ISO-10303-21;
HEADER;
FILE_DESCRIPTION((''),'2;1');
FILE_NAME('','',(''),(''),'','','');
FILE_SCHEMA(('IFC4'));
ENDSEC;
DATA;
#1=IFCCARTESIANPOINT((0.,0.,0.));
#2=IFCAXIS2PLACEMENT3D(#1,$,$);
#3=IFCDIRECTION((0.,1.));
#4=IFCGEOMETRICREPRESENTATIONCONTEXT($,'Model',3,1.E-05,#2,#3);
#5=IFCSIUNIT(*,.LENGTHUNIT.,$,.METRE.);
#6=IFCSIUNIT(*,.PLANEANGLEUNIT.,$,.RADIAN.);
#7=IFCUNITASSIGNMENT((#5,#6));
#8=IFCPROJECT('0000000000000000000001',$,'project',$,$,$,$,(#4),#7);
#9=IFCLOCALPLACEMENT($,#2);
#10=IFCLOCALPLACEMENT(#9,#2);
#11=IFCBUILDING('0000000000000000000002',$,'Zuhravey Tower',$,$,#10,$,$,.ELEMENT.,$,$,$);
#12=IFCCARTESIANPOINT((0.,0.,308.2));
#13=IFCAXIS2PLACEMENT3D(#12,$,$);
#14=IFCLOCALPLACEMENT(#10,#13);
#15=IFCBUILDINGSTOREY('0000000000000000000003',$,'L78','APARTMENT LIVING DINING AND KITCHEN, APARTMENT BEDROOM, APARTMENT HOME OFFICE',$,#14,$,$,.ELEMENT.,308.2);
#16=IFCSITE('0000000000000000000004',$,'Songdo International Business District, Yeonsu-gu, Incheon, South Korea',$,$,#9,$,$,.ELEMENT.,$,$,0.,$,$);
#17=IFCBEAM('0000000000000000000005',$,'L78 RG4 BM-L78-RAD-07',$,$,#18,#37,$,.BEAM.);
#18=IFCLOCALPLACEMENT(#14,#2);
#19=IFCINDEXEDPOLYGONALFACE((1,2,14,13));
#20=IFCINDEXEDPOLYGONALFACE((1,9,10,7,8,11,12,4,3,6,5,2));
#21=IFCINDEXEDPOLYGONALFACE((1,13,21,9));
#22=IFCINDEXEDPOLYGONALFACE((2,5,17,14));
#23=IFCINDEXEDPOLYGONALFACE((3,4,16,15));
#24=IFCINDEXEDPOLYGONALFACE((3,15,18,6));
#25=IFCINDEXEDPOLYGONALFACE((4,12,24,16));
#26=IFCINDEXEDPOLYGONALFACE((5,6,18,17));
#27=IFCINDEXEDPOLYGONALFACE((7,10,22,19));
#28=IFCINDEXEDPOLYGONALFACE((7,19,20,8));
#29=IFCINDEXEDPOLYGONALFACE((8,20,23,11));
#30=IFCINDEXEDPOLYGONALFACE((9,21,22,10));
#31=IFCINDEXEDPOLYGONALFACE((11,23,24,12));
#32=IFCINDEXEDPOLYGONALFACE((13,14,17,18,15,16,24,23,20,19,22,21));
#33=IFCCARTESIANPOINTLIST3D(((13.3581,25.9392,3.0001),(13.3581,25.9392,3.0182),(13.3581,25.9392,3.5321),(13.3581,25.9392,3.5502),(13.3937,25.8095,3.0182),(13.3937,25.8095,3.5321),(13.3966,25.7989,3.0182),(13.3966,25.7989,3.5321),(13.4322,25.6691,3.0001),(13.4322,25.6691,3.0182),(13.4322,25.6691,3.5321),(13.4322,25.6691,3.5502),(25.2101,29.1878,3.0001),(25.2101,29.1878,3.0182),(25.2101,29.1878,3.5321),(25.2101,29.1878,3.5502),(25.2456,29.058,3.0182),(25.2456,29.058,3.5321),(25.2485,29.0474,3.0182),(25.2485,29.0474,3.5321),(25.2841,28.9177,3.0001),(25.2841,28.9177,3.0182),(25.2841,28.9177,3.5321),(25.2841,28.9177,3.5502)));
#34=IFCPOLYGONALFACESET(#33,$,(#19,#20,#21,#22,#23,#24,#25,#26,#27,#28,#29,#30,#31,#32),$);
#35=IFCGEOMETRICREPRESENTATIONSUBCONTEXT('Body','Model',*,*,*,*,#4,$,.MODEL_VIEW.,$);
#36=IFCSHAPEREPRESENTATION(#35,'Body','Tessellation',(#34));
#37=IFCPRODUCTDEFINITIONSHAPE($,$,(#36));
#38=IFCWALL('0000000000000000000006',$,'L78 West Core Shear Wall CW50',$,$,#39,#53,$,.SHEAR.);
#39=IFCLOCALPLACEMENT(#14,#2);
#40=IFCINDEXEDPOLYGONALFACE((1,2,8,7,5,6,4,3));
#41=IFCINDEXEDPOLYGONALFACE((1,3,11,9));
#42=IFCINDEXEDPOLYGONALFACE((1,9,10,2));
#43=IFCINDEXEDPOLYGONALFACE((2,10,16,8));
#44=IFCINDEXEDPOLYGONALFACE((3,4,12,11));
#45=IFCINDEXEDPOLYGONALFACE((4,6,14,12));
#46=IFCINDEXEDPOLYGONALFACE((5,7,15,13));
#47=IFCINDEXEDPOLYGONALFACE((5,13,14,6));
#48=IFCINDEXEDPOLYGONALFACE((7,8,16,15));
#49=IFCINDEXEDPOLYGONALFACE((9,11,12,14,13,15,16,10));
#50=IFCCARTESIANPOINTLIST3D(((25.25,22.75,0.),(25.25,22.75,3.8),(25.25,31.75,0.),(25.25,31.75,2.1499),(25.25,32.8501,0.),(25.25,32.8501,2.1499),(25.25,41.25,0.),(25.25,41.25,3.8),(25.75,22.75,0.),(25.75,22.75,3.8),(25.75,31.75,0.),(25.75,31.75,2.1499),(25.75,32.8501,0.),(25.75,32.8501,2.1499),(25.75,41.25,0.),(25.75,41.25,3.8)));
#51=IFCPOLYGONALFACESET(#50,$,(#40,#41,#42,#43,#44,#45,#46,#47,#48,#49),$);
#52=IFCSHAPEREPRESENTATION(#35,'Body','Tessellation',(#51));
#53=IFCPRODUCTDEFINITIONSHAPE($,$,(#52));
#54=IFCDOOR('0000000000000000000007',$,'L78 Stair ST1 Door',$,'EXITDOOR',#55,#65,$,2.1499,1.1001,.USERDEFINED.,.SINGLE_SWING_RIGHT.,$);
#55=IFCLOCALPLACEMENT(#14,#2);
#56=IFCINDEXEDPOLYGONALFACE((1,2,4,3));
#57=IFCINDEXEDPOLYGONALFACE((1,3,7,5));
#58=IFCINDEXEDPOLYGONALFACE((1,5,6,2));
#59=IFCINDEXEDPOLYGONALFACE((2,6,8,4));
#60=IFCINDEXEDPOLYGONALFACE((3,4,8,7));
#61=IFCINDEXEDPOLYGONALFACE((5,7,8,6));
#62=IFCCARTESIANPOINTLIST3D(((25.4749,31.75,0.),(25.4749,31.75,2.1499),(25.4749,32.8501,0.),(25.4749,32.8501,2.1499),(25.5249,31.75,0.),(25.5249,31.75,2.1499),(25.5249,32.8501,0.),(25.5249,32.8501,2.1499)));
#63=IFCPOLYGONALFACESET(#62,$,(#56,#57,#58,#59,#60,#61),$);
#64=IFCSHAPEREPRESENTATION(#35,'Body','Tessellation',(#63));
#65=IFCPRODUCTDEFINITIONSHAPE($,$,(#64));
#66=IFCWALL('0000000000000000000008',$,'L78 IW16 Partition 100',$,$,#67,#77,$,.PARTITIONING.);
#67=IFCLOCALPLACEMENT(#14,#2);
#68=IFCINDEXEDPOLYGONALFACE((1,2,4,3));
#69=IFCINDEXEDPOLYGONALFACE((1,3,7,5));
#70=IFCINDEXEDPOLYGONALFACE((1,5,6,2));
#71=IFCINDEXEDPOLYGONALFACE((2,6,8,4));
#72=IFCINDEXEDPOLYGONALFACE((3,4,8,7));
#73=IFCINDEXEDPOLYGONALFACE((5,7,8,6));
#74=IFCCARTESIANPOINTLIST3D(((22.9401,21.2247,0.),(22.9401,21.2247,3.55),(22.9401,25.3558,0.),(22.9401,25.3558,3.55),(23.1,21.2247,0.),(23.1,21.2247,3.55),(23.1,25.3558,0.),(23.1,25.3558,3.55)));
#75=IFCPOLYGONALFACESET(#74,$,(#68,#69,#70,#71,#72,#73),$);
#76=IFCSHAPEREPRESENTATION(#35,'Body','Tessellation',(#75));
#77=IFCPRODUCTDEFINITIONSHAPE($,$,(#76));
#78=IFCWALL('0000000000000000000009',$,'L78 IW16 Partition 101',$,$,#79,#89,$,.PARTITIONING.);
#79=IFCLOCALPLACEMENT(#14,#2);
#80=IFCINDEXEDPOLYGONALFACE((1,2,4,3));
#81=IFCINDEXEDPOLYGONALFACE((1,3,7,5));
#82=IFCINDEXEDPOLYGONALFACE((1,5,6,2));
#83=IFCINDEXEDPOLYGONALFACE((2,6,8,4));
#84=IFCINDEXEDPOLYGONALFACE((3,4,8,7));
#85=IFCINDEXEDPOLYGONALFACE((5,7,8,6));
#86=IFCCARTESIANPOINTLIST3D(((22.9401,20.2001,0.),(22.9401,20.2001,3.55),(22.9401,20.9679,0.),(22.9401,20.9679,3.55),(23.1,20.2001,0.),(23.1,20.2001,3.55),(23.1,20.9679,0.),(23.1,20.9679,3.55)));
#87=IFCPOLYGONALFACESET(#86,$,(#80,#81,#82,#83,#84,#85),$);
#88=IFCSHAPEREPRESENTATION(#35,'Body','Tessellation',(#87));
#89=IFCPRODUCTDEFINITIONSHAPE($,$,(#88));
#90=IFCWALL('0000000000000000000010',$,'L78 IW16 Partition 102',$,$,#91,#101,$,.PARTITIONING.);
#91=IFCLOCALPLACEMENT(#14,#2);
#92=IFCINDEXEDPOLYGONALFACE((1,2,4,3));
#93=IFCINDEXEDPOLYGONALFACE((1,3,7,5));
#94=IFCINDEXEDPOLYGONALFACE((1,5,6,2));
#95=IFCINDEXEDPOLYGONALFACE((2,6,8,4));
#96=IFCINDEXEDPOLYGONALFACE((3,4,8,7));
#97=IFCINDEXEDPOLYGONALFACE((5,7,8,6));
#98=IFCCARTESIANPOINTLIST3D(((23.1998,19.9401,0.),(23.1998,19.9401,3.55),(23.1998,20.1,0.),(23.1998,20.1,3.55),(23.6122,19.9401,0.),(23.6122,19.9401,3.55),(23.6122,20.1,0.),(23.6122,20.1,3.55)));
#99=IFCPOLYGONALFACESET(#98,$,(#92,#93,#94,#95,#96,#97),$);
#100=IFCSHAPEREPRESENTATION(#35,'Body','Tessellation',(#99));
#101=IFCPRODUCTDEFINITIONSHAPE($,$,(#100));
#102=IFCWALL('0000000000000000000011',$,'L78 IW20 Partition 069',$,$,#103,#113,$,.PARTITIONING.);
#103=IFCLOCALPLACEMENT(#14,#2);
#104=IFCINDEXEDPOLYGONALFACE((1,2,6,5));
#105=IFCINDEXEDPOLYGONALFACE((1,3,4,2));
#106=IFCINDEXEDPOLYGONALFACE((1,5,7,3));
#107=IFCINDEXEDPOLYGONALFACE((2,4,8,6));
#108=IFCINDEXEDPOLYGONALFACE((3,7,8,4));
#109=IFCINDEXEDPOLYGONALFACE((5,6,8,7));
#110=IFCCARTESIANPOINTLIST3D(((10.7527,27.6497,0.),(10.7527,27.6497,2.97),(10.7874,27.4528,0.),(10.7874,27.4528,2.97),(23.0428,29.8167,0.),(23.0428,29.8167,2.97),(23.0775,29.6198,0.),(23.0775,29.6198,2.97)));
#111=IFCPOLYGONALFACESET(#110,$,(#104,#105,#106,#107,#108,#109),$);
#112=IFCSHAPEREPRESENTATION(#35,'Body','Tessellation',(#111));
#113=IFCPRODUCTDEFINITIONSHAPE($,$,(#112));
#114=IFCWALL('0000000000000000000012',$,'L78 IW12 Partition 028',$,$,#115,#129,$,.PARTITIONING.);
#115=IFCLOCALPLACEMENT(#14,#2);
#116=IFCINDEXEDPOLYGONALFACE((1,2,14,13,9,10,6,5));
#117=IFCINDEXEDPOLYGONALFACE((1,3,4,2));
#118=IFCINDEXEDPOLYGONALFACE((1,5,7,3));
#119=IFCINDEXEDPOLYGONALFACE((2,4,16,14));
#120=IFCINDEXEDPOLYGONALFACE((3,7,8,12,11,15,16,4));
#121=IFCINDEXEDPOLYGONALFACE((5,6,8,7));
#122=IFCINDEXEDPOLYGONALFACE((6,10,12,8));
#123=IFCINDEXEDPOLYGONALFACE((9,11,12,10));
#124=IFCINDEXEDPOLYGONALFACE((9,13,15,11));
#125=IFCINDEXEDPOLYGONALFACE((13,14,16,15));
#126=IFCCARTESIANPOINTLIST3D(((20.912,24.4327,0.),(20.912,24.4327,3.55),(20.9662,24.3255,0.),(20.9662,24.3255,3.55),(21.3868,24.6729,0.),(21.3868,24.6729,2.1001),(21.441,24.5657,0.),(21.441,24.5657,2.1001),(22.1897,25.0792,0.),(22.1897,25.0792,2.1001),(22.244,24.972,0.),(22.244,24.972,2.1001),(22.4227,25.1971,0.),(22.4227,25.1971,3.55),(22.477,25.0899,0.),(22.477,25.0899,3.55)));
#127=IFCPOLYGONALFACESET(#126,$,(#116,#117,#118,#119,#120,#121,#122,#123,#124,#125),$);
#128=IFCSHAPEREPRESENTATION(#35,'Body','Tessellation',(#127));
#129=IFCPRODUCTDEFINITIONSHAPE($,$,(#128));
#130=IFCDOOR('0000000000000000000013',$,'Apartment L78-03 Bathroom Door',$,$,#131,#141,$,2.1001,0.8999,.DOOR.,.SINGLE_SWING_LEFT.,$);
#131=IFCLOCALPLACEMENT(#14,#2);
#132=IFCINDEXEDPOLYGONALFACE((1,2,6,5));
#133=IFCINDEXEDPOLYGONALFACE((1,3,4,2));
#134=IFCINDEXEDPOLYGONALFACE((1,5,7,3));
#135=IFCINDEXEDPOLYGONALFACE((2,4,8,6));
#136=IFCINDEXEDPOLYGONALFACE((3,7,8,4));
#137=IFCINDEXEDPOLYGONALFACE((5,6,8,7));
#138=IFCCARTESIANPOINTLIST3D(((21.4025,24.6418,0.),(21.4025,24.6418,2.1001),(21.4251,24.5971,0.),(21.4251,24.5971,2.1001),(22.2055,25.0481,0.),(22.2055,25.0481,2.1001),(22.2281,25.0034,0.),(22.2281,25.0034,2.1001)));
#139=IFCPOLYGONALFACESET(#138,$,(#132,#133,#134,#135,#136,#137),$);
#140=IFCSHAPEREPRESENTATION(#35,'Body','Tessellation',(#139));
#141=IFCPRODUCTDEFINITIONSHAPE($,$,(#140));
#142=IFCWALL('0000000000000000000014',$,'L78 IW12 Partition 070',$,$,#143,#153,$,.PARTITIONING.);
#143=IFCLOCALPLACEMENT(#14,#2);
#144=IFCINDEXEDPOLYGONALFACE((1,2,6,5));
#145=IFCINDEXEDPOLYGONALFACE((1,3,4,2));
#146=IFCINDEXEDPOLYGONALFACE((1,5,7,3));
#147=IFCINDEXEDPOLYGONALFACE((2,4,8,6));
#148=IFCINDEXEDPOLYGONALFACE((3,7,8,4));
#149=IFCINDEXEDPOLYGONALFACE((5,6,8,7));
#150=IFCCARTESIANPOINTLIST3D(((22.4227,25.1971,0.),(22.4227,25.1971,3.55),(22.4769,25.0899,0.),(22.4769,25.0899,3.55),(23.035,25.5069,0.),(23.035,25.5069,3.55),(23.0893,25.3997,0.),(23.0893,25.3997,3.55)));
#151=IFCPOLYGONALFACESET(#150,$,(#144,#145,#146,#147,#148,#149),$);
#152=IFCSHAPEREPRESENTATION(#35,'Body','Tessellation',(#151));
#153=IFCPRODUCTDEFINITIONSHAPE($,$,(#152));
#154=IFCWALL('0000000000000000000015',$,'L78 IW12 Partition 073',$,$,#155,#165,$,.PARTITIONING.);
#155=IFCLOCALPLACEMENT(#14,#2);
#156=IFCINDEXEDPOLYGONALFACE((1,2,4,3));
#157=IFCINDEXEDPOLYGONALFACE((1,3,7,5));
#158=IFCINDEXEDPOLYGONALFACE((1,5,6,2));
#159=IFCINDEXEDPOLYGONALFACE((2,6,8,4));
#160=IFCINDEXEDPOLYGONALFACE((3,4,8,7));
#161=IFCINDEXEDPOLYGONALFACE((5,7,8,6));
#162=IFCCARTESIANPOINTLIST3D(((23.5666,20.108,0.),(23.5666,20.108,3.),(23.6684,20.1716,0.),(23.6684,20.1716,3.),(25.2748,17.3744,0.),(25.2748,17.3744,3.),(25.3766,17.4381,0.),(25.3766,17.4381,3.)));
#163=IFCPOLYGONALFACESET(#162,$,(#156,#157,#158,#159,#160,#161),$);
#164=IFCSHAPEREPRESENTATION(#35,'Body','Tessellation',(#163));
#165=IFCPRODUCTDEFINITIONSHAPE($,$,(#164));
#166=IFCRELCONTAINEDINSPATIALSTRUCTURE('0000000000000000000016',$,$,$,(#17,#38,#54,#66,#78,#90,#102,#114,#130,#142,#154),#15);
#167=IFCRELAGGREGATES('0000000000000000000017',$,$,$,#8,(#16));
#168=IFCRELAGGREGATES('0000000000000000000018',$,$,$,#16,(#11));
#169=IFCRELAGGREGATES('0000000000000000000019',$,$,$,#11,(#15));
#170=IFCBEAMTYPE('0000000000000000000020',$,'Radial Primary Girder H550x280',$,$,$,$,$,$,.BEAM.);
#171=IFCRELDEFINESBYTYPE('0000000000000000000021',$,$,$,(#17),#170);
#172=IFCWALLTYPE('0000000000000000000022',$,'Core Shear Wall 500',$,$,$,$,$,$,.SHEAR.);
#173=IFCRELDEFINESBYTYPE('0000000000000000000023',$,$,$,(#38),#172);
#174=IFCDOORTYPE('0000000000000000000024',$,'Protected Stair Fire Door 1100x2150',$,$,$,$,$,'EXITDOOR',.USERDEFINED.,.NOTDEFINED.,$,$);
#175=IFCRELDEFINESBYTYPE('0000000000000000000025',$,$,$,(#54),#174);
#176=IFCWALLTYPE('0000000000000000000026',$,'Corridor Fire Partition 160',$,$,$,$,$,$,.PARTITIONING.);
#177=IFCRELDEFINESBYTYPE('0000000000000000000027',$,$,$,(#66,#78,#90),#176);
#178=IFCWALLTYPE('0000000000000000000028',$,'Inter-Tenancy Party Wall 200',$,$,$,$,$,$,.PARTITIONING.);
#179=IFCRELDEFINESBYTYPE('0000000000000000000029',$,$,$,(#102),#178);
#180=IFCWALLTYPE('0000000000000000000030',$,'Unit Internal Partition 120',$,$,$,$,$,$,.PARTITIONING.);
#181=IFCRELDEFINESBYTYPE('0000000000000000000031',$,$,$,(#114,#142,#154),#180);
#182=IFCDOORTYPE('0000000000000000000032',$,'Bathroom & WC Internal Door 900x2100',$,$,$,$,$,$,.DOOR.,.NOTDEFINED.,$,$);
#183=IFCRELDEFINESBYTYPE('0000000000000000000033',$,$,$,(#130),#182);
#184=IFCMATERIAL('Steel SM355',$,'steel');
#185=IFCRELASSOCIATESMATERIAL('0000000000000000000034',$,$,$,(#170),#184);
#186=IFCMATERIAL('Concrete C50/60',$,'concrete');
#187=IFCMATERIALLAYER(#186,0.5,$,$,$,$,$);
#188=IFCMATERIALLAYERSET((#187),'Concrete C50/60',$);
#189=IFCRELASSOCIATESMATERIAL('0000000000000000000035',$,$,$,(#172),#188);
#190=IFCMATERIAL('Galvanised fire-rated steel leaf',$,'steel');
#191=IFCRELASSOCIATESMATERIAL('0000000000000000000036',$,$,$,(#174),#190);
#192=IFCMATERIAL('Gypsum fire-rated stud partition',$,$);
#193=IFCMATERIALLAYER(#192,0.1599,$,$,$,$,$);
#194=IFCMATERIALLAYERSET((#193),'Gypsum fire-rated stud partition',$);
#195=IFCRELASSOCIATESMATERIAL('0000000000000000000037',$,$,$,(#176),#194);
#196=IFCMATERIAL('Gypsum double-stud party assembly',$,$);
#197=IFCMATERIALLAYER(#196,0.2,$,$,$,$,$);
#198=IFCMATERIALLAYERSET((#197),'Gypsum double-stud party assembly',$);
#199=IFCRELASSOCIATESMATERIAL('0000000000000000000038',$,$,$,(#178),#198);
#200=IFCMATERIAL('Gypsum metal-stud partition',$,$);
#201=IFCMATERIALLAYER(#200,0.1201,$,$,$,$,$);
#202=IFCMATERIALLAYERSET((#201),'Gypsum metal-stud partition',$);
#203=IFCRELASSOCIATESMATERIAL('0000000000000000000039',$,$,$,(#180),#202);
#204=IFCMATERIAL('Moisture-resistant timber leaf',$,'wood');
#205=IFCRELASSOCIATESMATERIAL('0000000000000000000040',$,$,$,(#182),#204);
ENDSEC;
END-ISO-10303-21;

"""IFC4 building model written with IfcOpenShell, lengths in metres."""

from ifc_helpers import new_model, si_unit, direction, frame, frame_2d, origin, origin_2d, place, context, subcontext, project, spatial, rectangle, i_section, extrude, material, layer, layer_set, material_profile, profile_set, type_object, element, fill, save


model = new_model("IFC4")

# Units and contexts
model_context = context("Model", 3, precision=1e-05, world=origin(), true_north=direction((0.0, 1.0)))
body_context = subcontext(model_context, "Body", "Model", "MODEL_VIEW")
ifc_project = project(units=[si_unit("LENGTHUNIT", "METRE"), si_unit("PLANEANGLEUNIT", "RADIAN")], contexts=[model_context])

# Site, building, storey
site_placement = place(None, origin())
site = spatial("IfcSite", under=ifc_project, at=site_placement, Name="Songdo International Business District, Yeonsu-gu, Incheon, South Korea", CompositionType="ELEMENT", RefElevation=0.0)
building_placement = place(site_placement, origin())
building = spatial("IfcBuilding", under=site, at=building_placement, Name="Zuhravey Tower", CompositionType="ELEMENT")
storey_placement = place(building_placement, frame((0.0, 0.0, 308.2)))
storey = spatial("IfcBuildingStorey", under=building, at=storey_placement, Name="L78", Description="APARTMENT LIVING DINING AND KITCHEN, APARTMENT BEDROOM, APARTMENT HOME OFFICE", CompositionType="ELEMENT", Elevation=308.2)

# Beam
ifc_material_1 = material(Name="Steel SM355", Category="steel")
ifc_material_profile = material_profile(ifc_material_1, i_section(OverallWidth=0.28, OverallDepth=0.55, WebThickness=0.011, FlangeThickness=0.0181, at=origin_2d()), Name="H-550x280x11x18")
ifc_profile_set = profile_set([ifc_material_profile], Name="Steel SM355")
beam_type = type_object("IfcBeamType", Name="Radial Primary Girder H550x280", PredefinedType="BEAM", material=ifc_profile_set)
beam_placement = place(storey_placement, frame((25.2471, 29.0527, 3.2751), z_axis=(-0.964428, -0.264346, 0.0), x_axis=(0.264346, -0.964428, 0.0)))
element("IfcBeam", 1, at=beam_placement, inside=storey, type_object=beam_type, Name="L78 RG4 BM-L78-RAD-07", PredefinedType="BEAM", context=body_context, shape_type="SweptSolid", body=[
    extrude(i_section(OverallWidth=0.28, OverallDepth=0.55, WebThickness=0.011, FlangeThickness=0.0181, at=origin_2d()), origin(), (0.0, 0.0, 1.0), 12.2891),
])

# Wall, opening, door
ifc_material_2 = material(Name="Concrete C50/60", Category="concrete")
ifc_layer_1 = layer(ifc_material_2, 0.5)
ifc_layer_set_1 = layer_set([ifc_layer_1], Name="Concrete C50/60")
wall_type_1 = type_object("IfcWallType", Name="Core Shear Wall 500", PredefinedType="SHEAR", material=ifc_layer_set_1)
ifc_material_3 = material(Name="Galvanised fire-rated steel leaf", Category="steel")
wall_1_placement = place(storey_placement, frame((25.5, 22.75, 0.0), z_axis=(0.0, 0.0, 1.0), x_axis=(0.0, 1.0, 0.0)))
wall_1 = element("IfcWall", 2, at=wall_1_placement, inside=storey, type_object=wall_type_1, Name="L78 West Core Shear Wall CW50", PredefinedType="SHEAR", context=body_context, shape_type="SweptSolid", body=[
    extrude(rectangle(XDim=18.5, YDim=0.5, at=frame_2d((9.25, 0.0))), origin(), (0.0, 0.0, 1.0), 3.8),
])
opening_1_placement = place(wall_1_placement, frame((9.0, 0.0, 0.0)))
opening_1 = element("IfcOpeningElement", 3, at=opening_1_placement, cuts=wall_1, PredefinedType="OPENING", context=body_context, shape_type="SweptSolid", body=[
    extrude(rectangle(XDim=1.1001, YDim=2.1499, at=frame_2d((0.55, 1.075))), frame((0.0, 0.262, 0.0), z_axis=(0.0, -1.0, 0.0), x_axis=(1.0, 0.0, 0.0)), (0.0, 0.0, 1.0), 0.5239),
])
door_type_1 = type_object("IfcDoorType", Name="Protected Stair Fire Door 1100x2150", ElementType="EXITDOOR", OperationType="NOTDEFINED", PredefinedType="USERDEFINED", material=ifc_material_3)
door_1_placement = place(opening_1_placement, frame((1.1001, 0.0, 0.0), z_axis=(0.0, 0.0, 1.0), x_axis=(-1.0, 0.0, 0.0)))
door_1 = element("IfcDoor", 4, at=door_1_placement, inside=storey, type_object=door_type_1, Name="L78 Stair ST1 Door", ObjectType="EXITDOOR", OperationType="SINGLE_SWING_RIGHT", OverallHeight=2.1499, OverallWidth=1.1001, PredefinedType="USERDEFINED", context=body_context, shape_type="SweptSolid", body=[
    extrude(rectangle(XDim=1.1001, YDim=2.1499, at=frame_2d((0.55, 1.075))), frame((0.0, 0.0249, 0.0), z_axis=(0.0, -1.0, 0.0), x_axis=(1.0, 0.0, 0.0)), (0.0, 0.0, 1.0), 0.05),
])
fill(opening_1, door_1)
ifc_material_4 = material(Name="Gypsum fire-rated stud partition")
ifc_layer_2 = layer(ifc_material_4, 0.1599)
ifc_layer_set_2 = layer_set([ifc_layer_2], Name="Gypsum fire-rated stud partition")
wall_type_2 = type_object("IfcWallType", Name="Corridor Fire Partition 160", PredefinedType="PARTITIONING", material=ifc_layer_set_2)

# Walls
wall_2_placement = place(storey_placement, frame((23.02, 25.3557, 0.0), z_axis=(0.0, 0.0, 1.0), x_axis=(0.0, -1.0, 0.0)))
element("IfcWall", 5, at=wall_2_placement, inside=storey, type_object=wall_type_2, Name="L78 IW16 Partition 100", PredefinedType="PARTITIONING", context=body_context, shape_type="SweptSolid", body=[
    extrude(rectangle(XDim=4.1311, YDim=0.1599, at=frame_2d((2.0654, 0.0))), origin(), (0.0, 0.0, 1.0), 3.55),
])
wall_3_placement = place(storey_placement, frame((23.02, 20.9678, 0.0), z_axis=(0.0, 0.0, 1.0), x_axis=(0.0, -1.0, 0.0)))
element("IfcWall", 6, at=wall_3_placement, inside=storey, type_object=wall_type_2, Name="L78 IW16 Partition 101", PredefinedType="PARTITIONING", context=body_context, shape_type="SweptSolid", body=[
    extrude(rectangle(XDim=0.7678, YDim=0.1599, at=frame_2d((0.3838, 0.0))), origin(), (0.0, 0.0, 1.0), 3.55),
])
wall_4_placement = place(storey_placement, frame((23.2, 20.02, 0.0), z_axis=(0.0, 0.0, 1.0), x_axis=(1.0, 0.0, 0.0)))
element("IfcWall", 7, at=wall_4_placement, inside=storey, type_object=wall_type_2, Name="L78 IW16 Partition 102", PredefinedType="PARTITIONING", context=body_context, shape_type="SweptSolid", body=[
    extrude(rectangle(XDim=0.4124, YDim=0.1599, at=frame_2d((0.2061, 0.0))), origin(), (0.0, 0.0, 1.0), 3.55),
])
ifc_material_5 = material(Name="Gypsum double-stud party assembly")
ifc_layer_3 = layer(ifc_material_5, 0.2)
ifc_layer_set_3 = layer_set([ifc_layer_3], Name="Gypsum double-stud party assembly")
wall_type_3 = type_object("IfcWallType", Name="Inter-Tenancy Party Wall 200", PredefinedType="PARTITIONING", material=ifc_layer_set_3)
wall_5_placement = place(storey_placement, frame((23.0601, 29.7183, 0.0), z_axis=(0.0, 0.0, 1.0), x_axis=(-0.984809, -0.173642, 0.0)))
element("IfcWall", 8, at=wall_5_placement, inside=storey, type_object=wall_type_3, Name="L78 IW20 Partition 069", PredefinedType="PARTITIONING", context=body_context, shape_type="SweptSolid", body=[
    extrude(rectangle(XDim=12.4797, YDim=0.2, at=frame_2d((6.2397, 0.0))), origin(), (0.0, 0.0, 1.0), 2.97),
])

# Wall, opening, door
ifc_material_6 = material(Name="Gypsum metal-stud partition")
ifc_layer_4 = layer(ifc_material_6, 0.1201)
ifc_layer_set_4 = layer_set([ifc_layer_4], Name="Gypsum metal-stud partition")
wall_type_4 = type_object("IfcWallType", Name="Unit Internal Partition 120", PredefinedType="PARTITIONING", material=ifc_layer_set_4)
wall_6_placement = place(storey_placement, frame((22.45, 25.1436, 0.0), z_axis=(0.0, 0.0, 1.0), x_axis=(-0.892283, -0.451477, 0.0)))
wall_6 = element("IfcWall", 9, at=wall_6_placement, inside=storey, type_object=wall_type_4, Name="L78 IW12 Partition 028", PredefinedType="PARTITIONING", context=body_context, shape_type="SweptSolid", body=[
    extrude(rectangle(XDim=1.6931, YDim=0.1201, at=frame_2d((0.8467, 0.0))), origin(), (0.0, 0.0, 1.0), 3.55),
])
opening_2_placement = place(wall_6_placement, frame((0.2612, 0.0, 0.0)))
opening_2 = element("IfcOpeningElement", 10, at=opening_2_placement, cuts=wall_6, PredefinedType="OPENING", context=body_context, shape_type="SweptSolid", body=[
    extrude(rectangle(XDim=0.8999, YDim=2.1001, at=frame_2d((0.45, 1.05))), frame((0.0, 0.072, 0.0), z_axis=(0.0, -1.0, 0.0), x_axis=(1.0, 0.0, 0.0)), (0.0, 0.0, 1.0), 0.144),
])
ifc_material_7 = material(Name="Moisture-resistant timber leaf", Category="wood")
door_type_2 = type_object("IfcDoorType", Name="Bathroom & WC Internal Door 900x2100", OperationType="NOTDEFINED", PredefinedType="DOOR", material=ifc_material_7)
door_2_placement = place(opening_2_placement, origin())
door_2 = element("IfcDoor", 11, at=door_2_placement, inside=storey, type_object=door_type_2, Name="Apartment L78-03 Bathroom Door", OperationType="SINGLE_SWING_LEFT", OverallHeight=2.1001, OverallWidth=0.8999, PredefinedType="DOOR", context=body_context, shape_type="SweptSolid", body=[
    extrude(rectangle(XDim=0.8999, YDim=2.1001, at=frame_2d((0.45, 1.05))), frame((0.0, 0.0249, 0.0), z_axis=(0.0, -1.0, 0.0), x_axis=(1.0, 0.0, 0.0)), (0.0, 0.0, 1.0), 0.05),
])
fill(opening_2, door_2)

# Walls
wall_7_placement = place(storey_placement, frame((23.0623, 25.4534, 0.0), z_axis=(0.0, 0.0, 1.0), x_axis=(-0.892282, -0.451478, 0.0)))
element("IfcWall", 12, at=wall_7_placement, inside=storey, type_object=wall_type_4, Name="L78 IW12 Partition 070", PredefinedType="PARTITIONING", context=body_context, shape_type="SweptSolid", body=[
    extrude(rectangle(XDim=0.6863, YDim=0.1201, at=frame_2d((0.3433, 0.0))), origin(), (0.0, 0.0, 1.0), 3.55),
])
wall_8_placement = place(storey_placement, frame((23.6174, 20.1399, 0.0), z_axis=(0.0, 0.0, 1.0), x_axis=(0.529938, -0.848037, 0.0)))
element("IfcWall", 13, at=wall_8_placement, inside=storey, type_object=wall_type_4, Name="L78 IW12 Partition 073", PredefinedType="PARTITIONING", context=body_context, shape_type="SweptSolid", body=[
    extrude(rectangle(XDim=3.2234, YDim=0.1201, at=frame_2d((1.6118, 0.0))), origin(), (0.0, 0.0, 1.0), 3.0),
])

save(model, "model.ifc")
